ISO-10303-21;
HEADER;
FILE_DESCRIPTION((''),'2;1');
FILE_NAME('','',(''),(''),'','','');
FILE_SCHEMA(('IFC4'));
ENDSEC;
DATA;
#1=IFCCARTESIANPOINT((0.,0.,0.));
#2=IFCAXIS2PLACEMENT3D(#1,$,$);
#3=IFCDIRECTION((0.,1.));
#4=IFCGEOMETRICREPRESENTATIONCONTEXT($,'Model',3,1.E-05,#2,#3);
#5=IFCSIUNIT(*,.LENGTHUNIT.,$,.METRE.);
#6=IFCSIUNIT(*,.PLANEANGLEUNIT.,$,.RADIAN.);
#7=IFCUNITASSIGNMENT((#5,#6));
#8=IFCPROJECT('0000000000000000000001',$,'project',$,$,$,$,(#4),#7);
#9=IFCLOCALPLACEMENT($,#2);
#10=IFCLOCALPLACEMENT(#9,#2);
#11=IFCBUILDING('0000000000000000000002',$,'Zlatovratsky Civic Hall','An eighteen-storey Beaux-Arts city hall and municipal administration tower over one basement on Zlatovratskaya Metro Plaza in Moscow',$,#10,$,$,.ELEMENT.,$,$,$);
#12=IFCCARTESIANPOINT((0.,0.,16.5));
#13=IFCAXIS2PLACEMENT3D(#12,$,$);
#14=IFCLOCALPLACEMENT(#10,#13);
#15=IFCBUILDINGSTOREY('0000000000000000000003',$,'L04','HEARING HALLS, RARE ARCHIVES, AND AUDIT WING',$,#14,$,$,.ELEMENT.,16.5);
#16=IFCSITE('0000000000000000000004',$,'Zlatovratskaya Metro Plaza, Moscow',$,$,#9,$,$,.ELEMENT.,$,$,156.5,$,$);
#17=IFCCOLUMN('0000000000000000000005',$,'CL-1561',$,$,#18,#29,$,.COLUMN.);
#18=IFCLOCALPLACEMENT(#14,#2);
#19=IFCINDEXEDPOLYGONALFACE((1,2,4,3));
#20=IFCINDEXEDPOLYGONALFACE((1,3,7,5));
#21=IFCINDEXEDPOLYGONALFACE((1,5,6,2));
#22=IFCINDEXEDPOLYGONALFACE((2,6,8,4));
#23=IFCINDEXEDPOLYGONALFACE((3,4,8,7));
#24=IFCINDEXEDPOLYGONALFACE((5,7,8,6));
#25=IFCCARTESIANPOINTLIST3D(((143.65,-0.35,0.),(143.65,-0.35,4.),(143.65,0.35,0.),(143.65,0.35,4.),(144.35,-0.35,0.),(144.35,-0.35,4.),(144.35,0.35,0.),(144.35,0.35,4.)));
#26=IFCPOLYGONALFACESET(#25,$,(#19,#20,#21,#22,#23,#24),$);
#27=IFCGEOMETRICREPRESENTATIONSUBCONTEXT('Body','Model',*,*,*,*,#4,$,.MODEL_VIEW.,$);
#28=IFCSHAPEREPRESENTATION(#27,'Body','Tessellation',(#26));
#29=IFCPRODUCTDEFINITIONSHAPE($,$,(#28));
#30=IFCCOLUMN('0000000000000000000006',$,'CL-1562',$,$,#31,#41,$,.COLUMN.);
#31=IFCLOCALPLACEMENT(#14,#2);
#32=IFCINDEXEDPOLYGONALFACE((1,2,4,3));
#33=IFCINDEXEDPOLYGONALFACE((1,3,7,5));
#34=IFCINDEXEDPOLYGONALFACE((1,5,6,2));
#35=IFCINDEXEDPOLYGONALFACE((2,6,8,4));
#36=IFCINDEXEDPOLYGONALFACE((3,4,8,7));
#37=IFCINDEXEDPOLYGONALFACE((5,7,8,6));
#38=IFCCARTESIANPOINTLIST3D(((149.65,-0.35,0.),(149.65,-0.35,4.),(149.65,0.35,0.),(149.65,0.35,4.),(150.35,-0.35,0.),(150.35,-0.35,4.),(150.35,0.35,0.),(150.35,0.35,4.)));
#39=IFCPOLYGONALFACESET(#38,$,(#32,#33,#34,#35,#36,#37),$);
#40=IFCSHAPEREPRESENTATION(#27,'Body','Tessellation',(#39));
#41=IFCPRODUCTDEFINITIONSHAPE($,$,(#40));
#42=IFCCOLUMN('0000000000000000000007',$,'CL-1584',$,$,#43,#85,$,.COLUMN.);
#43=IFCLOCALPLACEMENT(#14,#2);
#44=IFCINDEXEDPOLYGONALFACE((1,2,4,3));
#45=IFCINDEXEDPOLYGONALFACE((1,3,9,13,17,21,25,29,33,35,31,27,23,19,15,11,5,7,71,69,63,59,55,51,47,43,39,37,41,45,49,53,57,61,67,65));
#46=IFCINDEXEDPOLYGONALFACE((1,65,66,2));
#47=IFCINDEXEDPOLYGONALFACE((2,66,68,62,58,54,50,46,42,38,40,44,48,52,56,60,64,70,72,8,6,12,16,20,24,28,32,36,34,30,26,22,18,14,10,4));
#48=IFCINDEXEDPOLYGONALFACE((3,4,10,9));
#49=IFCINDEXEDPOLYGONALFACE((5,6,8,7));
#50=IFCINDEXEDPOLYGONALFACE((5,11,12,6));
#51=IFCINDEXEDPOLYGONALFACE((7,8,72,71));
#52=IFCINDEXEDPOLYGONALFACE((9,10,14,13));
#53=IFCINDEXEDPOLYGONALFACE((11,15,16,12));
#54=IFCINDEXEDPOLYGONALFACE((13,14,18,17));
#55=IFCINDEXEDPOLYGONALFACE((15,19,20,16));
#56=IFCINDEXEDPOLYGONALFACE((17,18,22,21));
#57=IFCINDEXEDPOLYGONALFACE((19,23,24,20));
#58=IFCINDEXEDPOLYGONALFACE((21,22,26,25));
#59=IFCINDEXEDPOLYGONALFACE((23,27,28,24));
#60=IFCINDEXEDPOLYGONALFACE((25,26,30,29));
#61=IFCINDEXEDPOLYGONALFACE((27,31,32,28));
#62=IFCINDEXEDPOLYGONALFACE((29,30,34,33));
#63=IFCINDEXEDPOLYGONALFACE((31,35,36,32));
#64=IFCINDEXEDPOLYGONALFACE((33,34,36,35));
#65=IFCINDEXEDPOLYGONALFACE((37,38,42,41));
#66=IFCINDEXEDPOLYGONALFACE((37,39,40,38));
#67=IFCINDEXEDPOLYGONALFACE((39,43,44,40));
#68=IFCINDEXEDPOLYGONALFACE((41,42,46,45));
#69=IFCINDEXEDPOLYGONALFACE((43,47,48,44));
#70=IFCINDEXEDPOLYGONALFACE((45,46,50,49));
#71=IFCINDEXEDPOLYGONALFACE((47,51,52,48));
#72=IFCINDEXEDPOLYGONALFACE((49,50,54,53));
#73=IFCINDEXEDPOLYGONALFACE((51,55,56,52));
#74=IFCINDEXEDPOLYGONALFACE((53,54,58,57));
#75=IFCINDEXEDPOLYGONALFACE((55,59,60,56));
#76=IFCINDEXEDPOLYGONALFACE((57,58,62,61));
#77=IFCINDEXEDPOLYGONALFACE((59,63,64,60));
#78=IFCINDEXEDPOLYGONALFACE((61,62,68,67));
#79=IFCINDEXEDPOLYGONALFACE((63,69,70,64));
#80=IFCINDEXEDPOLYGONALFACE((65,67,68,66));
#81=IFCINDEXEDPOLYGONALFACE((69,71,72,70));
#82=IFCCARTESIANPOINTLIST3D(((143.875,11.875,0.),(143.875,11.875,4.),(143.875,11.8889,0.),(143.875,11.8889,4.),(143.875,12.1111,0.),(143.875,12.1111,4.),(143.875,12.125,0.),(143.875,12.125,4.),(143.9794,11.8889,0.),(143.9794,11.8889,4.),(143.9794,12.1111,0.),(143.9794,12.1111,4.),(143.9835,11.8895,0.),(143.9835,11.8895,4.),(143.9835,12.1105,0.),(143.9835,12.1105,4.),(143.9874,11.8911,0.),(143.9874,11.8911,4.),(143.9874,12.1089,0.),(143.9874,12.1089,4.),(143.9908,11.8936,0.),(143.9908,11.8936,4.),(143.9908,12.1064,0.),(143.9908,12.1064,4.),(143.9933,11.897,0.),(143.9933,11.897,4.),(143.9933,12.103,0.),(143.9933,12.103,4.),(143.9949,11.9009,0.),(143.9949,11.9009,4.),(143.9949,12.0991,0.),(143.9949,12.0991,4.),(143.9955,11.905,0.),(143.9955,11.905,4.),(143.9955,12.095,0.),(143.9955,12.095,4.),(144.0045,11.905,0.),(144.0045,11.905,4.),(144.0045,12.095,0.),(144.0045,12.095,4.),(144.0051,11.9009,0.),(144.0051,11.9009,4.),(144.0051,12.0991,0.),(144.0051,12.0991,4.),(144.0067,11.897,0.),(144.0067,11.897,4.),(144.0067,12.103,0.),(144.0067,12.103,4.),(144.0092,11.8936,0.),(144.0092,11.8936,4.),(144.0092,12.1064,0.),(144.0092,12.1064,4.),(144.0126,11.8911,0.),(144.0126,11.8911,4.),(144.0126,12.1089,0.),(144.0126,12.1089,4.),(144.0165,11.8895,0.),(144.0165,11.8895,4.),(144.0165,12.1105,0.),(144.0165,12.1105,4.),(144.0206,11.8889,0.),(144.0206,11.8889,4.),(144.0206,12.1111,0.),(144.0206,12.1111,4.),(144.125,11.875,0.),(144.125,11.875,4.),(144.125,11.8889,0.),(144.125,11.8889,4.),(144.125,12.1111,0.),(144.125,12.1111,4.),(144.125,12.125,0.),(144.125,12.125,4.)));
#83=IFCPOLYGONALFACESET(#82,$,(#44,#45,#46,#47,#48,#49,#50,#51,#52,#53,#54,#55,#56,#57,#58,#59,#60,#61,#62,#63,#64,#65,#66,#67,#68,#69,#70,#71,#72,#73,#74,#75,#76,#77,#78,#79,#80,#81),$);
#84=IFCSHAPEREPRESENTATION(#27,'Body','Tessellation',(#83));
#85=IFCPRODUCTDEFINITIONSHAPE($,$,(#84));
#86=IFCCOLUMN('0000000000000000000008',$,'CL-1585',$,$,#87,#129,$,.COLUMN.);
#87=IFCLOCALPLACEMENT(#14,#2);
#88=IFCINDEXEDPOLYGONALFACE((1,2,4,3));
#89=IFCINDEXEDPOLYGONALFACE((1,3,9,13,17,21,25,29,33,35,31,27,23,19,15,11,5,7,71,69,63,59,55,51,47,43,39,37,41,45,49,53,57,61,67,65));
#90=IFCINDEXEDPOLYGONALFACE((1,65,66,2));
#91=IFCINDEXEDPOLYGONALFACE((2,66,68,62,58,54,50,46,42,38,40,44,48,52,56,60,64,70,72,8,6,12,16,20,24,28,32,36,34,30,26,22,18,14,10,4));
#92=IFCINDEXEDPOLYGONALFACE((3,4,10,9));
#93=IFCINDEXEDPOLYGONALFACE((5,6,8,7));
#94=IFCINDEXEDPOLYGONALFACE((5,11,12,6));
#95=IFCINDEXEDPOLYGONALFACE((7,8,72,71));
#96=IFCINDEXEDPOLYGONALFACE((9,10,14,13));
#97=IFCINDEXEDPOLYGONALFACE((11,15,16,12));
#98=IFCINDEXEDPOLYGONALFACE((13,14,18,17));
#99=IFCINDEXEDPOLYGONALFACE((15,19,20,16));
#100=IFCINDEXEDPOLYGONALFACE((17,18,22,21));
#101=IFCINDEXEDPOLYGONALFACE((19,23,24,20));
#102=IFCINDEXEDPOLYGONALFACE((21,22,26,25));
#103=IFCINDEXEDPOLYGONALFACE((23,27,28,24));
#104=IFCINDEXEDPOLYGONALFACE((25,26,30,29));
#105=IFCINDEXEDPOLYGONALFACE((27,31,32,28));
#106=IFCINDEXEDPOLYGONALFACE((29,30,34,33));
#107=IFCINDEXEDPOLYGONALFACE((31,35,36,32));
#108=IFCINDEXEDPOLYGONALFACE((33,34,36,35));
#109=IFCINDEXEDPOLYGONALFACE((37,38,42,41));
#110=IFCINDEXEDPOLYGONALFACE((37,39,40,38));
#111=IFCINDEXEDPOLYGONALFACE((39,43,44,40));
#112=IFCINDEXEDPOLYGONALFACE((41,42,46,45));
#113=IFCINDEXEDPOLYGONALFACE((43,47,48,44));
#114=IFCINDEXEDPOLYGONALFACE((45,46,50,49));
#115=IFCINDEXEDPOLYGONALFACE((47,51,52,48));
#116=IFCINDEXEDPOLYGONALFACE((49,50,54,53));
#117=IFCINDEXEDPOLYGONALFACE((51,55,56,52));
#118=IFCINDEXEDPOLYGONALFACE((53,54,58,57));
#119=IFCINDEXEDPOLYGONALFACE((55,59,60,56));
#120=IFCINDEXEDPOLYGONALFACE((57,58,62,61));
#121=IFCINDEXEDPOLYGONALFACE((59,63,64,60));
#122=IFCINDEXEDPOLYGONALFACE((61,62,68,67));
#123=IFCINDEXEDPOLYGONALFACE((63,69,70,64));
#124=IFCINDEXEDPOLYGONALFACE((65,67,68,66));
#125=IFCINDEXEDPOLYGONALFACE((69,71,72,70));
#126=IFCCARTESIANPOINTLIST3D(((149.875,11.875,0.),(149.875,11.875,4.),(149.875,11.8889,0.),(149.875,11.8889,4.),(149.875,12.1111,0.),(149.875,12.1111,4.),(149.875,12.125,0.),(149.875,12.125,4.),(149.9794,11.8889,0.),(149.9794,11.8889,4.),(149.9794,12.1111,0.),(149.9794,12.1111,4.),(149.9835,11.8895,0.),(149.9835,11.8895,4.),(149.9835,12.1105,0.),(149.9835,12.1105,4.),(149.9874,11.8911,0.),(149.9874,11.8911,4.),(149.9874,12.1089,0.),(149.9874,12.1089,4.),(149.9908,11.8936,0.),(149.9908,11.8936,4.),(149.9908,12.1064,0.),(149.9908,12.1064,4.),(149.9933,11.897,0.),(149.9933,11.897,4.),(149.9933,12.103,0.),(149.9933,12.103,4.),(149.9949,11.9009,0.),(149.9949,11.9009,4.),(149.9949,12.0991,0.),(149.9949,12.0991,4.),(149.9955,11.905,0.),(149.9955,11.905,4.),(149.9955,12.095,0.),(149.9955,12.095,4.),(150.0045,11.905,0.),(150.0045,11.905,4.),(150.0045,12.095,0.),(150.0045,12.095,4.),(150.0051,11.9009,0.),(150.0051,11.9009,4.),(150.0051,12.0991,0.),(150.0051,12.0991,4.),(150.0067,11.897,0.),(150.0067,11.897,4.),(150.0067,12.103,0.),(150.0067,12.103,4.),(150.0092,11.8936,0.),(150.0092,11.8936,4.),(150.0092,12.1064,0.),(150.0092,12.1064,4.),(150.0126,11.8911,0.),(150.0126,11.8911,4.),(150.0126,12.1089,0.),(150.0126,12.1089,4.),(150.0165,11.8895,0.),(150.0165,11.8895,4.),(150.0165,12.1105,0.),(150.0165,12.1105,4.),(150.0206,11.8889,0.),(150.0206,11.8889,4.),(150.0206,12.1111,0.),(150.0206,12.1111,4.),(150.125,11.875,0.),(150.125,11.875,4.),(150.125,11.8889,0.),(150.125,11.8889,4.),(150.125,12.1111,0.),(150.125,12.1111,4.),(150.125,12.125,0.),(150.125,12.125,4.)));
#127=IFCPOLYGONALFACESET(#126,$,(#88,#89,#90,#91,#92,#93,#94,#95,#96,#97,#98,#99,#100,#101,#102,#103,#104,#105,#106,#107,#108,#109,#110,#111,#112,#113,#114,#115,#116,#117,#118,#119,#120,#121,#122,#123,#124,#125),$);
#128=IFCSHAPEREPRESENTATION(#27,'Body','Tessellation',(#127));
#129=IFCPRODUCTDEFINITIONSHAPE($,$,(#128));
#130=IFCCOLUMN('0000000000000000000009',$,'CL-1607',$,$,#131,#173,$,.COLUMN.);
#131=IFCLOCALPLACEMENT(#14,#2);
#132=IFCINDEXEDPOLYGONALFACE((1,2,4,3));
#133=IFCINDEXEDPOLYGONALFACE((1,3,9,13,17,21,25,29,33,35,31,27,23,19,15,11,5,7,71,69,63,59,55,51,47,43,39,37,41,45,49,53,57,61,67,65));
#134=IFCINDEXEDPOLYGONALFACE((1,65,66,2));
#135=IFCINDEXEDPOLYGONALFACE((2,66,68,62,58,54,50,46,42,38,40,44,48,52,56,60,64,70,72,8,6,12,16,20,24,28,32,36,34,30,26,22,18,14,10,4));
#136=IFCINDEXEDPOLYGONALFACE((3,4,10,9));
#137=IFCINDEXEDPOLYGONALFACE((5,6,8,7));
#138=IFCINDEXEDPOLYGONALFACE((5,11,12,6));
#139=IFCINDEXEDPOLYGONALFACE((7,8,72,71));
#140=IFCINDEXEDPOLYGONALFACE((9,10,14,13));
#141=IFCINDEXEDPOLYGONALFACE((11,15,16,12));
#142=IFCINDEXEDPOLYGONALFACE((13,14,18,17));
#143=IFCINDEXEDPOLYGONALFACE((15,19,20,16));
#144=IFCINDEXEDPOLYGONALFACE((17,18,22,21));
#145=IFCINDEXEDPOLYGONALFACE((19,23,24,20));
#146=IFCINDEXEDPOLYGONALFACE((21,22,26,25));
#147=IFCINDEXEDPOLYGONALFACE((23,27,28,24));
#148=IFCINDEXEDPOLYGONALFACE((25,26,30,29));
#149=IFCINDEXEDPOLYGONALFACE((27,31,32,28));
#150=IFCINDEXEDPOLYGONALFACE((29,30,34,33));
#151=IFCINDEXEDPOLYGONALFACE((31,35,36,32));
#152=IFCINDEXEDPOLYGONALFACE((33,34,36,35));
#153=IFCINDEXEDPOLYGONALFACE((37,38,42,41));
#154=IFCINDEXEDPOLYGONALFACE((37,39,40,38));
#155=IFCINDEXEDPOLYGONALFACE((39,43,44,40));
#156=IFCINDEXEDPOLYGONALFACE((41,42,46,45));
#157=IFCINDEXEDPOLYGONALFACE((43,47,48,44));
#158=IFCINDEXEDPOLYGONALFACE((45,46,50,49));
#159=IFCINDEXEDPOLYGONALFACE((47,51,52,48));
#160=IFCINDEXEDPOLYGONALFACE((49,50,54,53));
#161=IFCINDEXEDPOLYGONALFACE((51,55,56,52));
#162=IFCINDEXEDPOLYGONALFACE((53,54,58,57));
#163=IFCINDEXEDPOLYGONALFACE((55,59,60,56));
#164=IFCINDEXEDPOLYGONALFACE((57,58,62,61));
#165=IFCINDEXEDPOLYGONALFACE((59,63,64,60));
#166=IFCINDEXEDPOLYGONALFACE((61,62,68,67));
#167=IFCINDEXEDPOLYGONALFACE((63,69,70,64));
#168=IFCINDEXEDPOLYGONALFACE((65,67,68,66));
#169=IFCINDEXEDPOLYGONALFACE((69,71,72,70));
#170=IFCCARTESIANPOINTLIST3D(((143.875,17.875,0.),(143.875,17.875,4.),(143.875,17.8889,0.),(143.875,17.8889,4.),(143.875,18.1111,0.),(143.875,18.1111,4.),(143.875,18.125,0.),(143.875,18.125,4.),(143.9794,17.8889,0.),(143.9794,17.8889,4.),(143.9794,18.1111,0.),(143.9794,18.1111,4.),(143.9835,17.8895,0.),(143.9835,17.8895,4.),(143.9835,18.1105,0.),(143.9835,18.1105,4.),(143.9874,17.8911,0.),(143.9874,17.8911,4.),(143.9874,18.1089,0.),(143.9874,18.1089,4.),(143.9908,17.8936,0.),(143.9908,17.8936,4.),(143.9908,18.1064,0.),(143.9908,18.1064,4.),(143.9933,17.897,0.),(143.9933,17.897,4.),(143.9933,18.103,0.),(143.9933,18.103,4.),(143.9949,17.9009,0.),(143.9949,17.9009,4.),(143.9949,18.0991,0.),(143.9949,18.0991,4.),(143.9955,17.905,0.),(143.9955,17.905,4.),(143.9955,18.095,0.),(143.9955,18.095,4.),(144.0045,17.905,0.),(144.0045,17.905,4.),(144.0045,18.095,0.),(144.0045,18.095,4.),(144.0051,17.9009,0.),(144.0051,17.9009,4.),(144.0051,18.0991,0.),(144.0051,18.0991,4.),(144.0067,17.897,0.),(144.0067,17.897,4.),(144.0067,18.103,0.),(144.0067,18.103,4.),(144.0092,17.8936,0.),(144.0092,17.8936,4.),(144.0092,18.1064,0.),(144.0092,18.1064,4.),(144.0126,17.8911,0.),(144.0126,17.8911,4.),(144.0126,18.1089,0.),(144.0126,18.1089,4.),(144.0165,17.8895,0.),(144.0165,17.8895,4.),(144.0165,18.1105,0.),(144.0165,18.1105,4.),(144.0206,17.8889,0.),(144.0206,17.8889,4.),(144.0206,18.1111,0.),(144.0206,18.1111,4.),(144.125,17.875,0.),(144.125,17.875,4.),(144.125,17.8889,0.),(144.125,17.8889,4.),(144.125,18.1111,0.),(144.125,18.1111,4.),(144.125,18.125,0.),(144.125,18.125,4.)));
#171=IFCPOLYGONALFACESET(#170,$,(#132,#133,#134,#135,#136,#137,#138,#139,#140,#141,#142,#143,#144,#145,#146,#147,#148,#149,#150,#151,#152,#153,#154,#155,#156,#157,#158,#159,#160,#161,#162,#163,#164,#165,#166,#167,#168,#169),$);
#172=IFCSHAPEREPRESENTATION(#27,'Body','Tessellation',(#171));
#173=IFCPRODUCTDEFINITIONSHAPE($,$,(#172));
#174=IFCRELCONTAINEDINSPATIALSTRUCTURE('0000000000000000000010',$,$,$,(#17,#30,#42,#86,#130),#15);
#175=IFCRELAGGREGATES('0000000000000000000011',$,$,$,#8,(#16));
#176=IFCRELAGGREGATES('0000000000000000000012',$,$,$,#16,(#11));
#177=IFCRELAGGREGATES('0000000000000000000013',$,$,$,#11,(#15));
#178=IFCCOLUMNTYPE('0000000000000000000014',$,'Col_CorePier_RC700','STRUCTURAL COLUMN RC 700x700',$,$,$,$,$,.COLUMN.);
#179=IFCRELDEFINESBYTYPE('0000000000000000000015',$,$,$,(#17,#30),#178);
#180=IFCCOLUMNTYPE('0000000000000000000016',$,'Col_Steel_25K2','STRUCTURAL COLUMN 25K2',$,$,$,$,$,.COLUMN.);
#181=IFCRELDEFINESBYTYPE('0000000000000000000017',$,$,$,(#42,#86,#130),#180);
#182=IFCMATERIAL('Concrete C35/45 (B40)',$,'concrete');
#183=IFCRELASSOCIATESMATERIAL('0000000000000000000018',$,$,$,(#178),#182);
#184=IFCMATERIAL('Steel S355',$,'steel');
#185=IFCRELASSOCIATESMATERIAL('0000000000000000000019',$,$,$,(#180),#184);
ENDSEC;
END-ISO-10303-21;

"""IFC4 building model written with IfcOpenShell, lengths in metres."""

from ifc_helpers import new_model, si_unit, direction, frame, origin, origin_2d, place, context, subcontext, project, spatial, rectangle, i_section, extrude, material, material_profile, profile_set, type_object, element, save


model = new_model("IFC4")

# Units and contexts
model_context = context("Model", 3, precision=1e-05, world=origin(), true_north=direction((0.0, 1.0)))
body_context = subcontext(model_context, "Body", "Model", "MODEL_VIEW")
ifc_project = project(units=[si_unit("LENGTHUNIT", "METRE"), si_unit("PLANEANGLEUNIT", "RADIAN")], contexts=[model_context])

# Site, building, storey
site_placement = place(None, origin())
site = spatial("IfcSite", under=ifc_project, at=site_placement, Name="Zlatovratskaya Metro Plaza, Moscow", CompositionType="ELEMENT", RefElevation=156.5)
building_placement = place(site_placement, origin())
building = spatial("IfcBuilding", under=site, at=building_placement, Name="Zlatovratsky Civic Hall", Description="An eighteen-storey Beaux-Arts city hall and municipal administration tower over one basement on Zlatovratskaya Metro Plaza in Moscow", CompositionType="ELEMENT")
storey_placement = place(building_placement, frame((0.0, 0.0, 16.5)))
storey = spatial("IfcBuildingStorey", under=building, at=storey_placement, Name="L04", Description="HEARING HALLS, RARE ARCHIVES, AND AUDIT WING", CompositionType="ELEMENT", Elevation=16.5)

# Columns
ifc_material_1 = material(Name="Concrete C35/45 (B40)", Category="concrete")
ifc_material_profile_1 = material_profile(ifc_material_1, rectangle(XDim=0.7, YDim=0.7, at=origin_2d()), Name="RC 700x700")
ifc_profile_set_1 = profile_set([ifc_material_profile_1], Name="Concrete C35/45 (B40)")
column_type_1 = type_object("IfcColumnType", Name="Col_CorePier_RC700", Description="STRUCTURAL COLUMN RC 700x700", PredefinedType="COLUMN", material=ifc_profile_set_1)
for number, where, z_axis, x_axis, name in (
    (1, (144.0, 0.0, 0.0), (0.0, 0.0, 1.0), (1.0, 0.0, 0.0), "CL-1561"),
    (2, (150.0, 0.0, 0.0), (0.0, 0.0, 1.0), (1.0, 0.0, 0.0), "CL-1562"),
):
    element("IfcColumn", number, at=place(storey_placement, frame(where, z_axis=z_axis, x_axis=x_axis)), inside=storey, type_object=column_type_1, Name=name, PredefinedType="COLUMN", context=body_context, shape_type="SweptSolid", body=[
        extrude(rectangle(XDim=0.7, YDim=0.7, at=origin_2d()), origin(), (0.0, 0.0, 1.0), 4.0),
    ])
ifc_material_2 = material(Name="Steel S355", Category="steel")
ifc_material_profile_2 = material_profile(ifc_material_2, i_section(OverallWidth=0.25, OverallDepth=0.25, WebThickness=0.009, FlangeThickness=0.0139, FilletRadius=0.0161, at=origin_2d()), Name="25K2")
ifc_profile_set_2 = profile_set([ifc_material_profile_2], Name="Steel S355")
column_type_2 = type_object("IfcColumnType", Name="Col_Steel_25K2", Description="STRUCTURAL COLUMN 25K2", PredefinedType="COLUMN", material=ifc_profile_set_2)
for number, where, z_axis, x_axis, name in (
    (3, (144.0, 12.0, 0.0), (0.0, 0.0, 1.0), (1.0, 0.0, 0.0), "CL-1584"),
    (4, (150.0, 12.0, 0.0), (0.0, 0.0, 1.0), (1.0, 0.0, 0.0), "CL-1585"),
    (5, (144.0, 18.0, 0.0), (0.0, 0.0, 1.0), (1.0, 0.0, 0.0), "CL-1607"),
):
    element("IfcColumn", number, at=place(storey_placement, frame(where, z_axis=z_axis, x_axis=x_axis)), inside=storey, type_object=column_type_2, Name=name, PredefinedType="COLUMN", context=body_context, shape_type="SweptSolid", body=[
        extrude(i_section(OverallWidth=0.25, OverallDepth=0.25, WebThickness=0.009, FlangeThickness=0.0139, FilletRadius=0.0161, at=origin_2d()), origin(), (0.0, 0.0, 1.0), 4.0),
    ])

save(model, "model.ifc")
